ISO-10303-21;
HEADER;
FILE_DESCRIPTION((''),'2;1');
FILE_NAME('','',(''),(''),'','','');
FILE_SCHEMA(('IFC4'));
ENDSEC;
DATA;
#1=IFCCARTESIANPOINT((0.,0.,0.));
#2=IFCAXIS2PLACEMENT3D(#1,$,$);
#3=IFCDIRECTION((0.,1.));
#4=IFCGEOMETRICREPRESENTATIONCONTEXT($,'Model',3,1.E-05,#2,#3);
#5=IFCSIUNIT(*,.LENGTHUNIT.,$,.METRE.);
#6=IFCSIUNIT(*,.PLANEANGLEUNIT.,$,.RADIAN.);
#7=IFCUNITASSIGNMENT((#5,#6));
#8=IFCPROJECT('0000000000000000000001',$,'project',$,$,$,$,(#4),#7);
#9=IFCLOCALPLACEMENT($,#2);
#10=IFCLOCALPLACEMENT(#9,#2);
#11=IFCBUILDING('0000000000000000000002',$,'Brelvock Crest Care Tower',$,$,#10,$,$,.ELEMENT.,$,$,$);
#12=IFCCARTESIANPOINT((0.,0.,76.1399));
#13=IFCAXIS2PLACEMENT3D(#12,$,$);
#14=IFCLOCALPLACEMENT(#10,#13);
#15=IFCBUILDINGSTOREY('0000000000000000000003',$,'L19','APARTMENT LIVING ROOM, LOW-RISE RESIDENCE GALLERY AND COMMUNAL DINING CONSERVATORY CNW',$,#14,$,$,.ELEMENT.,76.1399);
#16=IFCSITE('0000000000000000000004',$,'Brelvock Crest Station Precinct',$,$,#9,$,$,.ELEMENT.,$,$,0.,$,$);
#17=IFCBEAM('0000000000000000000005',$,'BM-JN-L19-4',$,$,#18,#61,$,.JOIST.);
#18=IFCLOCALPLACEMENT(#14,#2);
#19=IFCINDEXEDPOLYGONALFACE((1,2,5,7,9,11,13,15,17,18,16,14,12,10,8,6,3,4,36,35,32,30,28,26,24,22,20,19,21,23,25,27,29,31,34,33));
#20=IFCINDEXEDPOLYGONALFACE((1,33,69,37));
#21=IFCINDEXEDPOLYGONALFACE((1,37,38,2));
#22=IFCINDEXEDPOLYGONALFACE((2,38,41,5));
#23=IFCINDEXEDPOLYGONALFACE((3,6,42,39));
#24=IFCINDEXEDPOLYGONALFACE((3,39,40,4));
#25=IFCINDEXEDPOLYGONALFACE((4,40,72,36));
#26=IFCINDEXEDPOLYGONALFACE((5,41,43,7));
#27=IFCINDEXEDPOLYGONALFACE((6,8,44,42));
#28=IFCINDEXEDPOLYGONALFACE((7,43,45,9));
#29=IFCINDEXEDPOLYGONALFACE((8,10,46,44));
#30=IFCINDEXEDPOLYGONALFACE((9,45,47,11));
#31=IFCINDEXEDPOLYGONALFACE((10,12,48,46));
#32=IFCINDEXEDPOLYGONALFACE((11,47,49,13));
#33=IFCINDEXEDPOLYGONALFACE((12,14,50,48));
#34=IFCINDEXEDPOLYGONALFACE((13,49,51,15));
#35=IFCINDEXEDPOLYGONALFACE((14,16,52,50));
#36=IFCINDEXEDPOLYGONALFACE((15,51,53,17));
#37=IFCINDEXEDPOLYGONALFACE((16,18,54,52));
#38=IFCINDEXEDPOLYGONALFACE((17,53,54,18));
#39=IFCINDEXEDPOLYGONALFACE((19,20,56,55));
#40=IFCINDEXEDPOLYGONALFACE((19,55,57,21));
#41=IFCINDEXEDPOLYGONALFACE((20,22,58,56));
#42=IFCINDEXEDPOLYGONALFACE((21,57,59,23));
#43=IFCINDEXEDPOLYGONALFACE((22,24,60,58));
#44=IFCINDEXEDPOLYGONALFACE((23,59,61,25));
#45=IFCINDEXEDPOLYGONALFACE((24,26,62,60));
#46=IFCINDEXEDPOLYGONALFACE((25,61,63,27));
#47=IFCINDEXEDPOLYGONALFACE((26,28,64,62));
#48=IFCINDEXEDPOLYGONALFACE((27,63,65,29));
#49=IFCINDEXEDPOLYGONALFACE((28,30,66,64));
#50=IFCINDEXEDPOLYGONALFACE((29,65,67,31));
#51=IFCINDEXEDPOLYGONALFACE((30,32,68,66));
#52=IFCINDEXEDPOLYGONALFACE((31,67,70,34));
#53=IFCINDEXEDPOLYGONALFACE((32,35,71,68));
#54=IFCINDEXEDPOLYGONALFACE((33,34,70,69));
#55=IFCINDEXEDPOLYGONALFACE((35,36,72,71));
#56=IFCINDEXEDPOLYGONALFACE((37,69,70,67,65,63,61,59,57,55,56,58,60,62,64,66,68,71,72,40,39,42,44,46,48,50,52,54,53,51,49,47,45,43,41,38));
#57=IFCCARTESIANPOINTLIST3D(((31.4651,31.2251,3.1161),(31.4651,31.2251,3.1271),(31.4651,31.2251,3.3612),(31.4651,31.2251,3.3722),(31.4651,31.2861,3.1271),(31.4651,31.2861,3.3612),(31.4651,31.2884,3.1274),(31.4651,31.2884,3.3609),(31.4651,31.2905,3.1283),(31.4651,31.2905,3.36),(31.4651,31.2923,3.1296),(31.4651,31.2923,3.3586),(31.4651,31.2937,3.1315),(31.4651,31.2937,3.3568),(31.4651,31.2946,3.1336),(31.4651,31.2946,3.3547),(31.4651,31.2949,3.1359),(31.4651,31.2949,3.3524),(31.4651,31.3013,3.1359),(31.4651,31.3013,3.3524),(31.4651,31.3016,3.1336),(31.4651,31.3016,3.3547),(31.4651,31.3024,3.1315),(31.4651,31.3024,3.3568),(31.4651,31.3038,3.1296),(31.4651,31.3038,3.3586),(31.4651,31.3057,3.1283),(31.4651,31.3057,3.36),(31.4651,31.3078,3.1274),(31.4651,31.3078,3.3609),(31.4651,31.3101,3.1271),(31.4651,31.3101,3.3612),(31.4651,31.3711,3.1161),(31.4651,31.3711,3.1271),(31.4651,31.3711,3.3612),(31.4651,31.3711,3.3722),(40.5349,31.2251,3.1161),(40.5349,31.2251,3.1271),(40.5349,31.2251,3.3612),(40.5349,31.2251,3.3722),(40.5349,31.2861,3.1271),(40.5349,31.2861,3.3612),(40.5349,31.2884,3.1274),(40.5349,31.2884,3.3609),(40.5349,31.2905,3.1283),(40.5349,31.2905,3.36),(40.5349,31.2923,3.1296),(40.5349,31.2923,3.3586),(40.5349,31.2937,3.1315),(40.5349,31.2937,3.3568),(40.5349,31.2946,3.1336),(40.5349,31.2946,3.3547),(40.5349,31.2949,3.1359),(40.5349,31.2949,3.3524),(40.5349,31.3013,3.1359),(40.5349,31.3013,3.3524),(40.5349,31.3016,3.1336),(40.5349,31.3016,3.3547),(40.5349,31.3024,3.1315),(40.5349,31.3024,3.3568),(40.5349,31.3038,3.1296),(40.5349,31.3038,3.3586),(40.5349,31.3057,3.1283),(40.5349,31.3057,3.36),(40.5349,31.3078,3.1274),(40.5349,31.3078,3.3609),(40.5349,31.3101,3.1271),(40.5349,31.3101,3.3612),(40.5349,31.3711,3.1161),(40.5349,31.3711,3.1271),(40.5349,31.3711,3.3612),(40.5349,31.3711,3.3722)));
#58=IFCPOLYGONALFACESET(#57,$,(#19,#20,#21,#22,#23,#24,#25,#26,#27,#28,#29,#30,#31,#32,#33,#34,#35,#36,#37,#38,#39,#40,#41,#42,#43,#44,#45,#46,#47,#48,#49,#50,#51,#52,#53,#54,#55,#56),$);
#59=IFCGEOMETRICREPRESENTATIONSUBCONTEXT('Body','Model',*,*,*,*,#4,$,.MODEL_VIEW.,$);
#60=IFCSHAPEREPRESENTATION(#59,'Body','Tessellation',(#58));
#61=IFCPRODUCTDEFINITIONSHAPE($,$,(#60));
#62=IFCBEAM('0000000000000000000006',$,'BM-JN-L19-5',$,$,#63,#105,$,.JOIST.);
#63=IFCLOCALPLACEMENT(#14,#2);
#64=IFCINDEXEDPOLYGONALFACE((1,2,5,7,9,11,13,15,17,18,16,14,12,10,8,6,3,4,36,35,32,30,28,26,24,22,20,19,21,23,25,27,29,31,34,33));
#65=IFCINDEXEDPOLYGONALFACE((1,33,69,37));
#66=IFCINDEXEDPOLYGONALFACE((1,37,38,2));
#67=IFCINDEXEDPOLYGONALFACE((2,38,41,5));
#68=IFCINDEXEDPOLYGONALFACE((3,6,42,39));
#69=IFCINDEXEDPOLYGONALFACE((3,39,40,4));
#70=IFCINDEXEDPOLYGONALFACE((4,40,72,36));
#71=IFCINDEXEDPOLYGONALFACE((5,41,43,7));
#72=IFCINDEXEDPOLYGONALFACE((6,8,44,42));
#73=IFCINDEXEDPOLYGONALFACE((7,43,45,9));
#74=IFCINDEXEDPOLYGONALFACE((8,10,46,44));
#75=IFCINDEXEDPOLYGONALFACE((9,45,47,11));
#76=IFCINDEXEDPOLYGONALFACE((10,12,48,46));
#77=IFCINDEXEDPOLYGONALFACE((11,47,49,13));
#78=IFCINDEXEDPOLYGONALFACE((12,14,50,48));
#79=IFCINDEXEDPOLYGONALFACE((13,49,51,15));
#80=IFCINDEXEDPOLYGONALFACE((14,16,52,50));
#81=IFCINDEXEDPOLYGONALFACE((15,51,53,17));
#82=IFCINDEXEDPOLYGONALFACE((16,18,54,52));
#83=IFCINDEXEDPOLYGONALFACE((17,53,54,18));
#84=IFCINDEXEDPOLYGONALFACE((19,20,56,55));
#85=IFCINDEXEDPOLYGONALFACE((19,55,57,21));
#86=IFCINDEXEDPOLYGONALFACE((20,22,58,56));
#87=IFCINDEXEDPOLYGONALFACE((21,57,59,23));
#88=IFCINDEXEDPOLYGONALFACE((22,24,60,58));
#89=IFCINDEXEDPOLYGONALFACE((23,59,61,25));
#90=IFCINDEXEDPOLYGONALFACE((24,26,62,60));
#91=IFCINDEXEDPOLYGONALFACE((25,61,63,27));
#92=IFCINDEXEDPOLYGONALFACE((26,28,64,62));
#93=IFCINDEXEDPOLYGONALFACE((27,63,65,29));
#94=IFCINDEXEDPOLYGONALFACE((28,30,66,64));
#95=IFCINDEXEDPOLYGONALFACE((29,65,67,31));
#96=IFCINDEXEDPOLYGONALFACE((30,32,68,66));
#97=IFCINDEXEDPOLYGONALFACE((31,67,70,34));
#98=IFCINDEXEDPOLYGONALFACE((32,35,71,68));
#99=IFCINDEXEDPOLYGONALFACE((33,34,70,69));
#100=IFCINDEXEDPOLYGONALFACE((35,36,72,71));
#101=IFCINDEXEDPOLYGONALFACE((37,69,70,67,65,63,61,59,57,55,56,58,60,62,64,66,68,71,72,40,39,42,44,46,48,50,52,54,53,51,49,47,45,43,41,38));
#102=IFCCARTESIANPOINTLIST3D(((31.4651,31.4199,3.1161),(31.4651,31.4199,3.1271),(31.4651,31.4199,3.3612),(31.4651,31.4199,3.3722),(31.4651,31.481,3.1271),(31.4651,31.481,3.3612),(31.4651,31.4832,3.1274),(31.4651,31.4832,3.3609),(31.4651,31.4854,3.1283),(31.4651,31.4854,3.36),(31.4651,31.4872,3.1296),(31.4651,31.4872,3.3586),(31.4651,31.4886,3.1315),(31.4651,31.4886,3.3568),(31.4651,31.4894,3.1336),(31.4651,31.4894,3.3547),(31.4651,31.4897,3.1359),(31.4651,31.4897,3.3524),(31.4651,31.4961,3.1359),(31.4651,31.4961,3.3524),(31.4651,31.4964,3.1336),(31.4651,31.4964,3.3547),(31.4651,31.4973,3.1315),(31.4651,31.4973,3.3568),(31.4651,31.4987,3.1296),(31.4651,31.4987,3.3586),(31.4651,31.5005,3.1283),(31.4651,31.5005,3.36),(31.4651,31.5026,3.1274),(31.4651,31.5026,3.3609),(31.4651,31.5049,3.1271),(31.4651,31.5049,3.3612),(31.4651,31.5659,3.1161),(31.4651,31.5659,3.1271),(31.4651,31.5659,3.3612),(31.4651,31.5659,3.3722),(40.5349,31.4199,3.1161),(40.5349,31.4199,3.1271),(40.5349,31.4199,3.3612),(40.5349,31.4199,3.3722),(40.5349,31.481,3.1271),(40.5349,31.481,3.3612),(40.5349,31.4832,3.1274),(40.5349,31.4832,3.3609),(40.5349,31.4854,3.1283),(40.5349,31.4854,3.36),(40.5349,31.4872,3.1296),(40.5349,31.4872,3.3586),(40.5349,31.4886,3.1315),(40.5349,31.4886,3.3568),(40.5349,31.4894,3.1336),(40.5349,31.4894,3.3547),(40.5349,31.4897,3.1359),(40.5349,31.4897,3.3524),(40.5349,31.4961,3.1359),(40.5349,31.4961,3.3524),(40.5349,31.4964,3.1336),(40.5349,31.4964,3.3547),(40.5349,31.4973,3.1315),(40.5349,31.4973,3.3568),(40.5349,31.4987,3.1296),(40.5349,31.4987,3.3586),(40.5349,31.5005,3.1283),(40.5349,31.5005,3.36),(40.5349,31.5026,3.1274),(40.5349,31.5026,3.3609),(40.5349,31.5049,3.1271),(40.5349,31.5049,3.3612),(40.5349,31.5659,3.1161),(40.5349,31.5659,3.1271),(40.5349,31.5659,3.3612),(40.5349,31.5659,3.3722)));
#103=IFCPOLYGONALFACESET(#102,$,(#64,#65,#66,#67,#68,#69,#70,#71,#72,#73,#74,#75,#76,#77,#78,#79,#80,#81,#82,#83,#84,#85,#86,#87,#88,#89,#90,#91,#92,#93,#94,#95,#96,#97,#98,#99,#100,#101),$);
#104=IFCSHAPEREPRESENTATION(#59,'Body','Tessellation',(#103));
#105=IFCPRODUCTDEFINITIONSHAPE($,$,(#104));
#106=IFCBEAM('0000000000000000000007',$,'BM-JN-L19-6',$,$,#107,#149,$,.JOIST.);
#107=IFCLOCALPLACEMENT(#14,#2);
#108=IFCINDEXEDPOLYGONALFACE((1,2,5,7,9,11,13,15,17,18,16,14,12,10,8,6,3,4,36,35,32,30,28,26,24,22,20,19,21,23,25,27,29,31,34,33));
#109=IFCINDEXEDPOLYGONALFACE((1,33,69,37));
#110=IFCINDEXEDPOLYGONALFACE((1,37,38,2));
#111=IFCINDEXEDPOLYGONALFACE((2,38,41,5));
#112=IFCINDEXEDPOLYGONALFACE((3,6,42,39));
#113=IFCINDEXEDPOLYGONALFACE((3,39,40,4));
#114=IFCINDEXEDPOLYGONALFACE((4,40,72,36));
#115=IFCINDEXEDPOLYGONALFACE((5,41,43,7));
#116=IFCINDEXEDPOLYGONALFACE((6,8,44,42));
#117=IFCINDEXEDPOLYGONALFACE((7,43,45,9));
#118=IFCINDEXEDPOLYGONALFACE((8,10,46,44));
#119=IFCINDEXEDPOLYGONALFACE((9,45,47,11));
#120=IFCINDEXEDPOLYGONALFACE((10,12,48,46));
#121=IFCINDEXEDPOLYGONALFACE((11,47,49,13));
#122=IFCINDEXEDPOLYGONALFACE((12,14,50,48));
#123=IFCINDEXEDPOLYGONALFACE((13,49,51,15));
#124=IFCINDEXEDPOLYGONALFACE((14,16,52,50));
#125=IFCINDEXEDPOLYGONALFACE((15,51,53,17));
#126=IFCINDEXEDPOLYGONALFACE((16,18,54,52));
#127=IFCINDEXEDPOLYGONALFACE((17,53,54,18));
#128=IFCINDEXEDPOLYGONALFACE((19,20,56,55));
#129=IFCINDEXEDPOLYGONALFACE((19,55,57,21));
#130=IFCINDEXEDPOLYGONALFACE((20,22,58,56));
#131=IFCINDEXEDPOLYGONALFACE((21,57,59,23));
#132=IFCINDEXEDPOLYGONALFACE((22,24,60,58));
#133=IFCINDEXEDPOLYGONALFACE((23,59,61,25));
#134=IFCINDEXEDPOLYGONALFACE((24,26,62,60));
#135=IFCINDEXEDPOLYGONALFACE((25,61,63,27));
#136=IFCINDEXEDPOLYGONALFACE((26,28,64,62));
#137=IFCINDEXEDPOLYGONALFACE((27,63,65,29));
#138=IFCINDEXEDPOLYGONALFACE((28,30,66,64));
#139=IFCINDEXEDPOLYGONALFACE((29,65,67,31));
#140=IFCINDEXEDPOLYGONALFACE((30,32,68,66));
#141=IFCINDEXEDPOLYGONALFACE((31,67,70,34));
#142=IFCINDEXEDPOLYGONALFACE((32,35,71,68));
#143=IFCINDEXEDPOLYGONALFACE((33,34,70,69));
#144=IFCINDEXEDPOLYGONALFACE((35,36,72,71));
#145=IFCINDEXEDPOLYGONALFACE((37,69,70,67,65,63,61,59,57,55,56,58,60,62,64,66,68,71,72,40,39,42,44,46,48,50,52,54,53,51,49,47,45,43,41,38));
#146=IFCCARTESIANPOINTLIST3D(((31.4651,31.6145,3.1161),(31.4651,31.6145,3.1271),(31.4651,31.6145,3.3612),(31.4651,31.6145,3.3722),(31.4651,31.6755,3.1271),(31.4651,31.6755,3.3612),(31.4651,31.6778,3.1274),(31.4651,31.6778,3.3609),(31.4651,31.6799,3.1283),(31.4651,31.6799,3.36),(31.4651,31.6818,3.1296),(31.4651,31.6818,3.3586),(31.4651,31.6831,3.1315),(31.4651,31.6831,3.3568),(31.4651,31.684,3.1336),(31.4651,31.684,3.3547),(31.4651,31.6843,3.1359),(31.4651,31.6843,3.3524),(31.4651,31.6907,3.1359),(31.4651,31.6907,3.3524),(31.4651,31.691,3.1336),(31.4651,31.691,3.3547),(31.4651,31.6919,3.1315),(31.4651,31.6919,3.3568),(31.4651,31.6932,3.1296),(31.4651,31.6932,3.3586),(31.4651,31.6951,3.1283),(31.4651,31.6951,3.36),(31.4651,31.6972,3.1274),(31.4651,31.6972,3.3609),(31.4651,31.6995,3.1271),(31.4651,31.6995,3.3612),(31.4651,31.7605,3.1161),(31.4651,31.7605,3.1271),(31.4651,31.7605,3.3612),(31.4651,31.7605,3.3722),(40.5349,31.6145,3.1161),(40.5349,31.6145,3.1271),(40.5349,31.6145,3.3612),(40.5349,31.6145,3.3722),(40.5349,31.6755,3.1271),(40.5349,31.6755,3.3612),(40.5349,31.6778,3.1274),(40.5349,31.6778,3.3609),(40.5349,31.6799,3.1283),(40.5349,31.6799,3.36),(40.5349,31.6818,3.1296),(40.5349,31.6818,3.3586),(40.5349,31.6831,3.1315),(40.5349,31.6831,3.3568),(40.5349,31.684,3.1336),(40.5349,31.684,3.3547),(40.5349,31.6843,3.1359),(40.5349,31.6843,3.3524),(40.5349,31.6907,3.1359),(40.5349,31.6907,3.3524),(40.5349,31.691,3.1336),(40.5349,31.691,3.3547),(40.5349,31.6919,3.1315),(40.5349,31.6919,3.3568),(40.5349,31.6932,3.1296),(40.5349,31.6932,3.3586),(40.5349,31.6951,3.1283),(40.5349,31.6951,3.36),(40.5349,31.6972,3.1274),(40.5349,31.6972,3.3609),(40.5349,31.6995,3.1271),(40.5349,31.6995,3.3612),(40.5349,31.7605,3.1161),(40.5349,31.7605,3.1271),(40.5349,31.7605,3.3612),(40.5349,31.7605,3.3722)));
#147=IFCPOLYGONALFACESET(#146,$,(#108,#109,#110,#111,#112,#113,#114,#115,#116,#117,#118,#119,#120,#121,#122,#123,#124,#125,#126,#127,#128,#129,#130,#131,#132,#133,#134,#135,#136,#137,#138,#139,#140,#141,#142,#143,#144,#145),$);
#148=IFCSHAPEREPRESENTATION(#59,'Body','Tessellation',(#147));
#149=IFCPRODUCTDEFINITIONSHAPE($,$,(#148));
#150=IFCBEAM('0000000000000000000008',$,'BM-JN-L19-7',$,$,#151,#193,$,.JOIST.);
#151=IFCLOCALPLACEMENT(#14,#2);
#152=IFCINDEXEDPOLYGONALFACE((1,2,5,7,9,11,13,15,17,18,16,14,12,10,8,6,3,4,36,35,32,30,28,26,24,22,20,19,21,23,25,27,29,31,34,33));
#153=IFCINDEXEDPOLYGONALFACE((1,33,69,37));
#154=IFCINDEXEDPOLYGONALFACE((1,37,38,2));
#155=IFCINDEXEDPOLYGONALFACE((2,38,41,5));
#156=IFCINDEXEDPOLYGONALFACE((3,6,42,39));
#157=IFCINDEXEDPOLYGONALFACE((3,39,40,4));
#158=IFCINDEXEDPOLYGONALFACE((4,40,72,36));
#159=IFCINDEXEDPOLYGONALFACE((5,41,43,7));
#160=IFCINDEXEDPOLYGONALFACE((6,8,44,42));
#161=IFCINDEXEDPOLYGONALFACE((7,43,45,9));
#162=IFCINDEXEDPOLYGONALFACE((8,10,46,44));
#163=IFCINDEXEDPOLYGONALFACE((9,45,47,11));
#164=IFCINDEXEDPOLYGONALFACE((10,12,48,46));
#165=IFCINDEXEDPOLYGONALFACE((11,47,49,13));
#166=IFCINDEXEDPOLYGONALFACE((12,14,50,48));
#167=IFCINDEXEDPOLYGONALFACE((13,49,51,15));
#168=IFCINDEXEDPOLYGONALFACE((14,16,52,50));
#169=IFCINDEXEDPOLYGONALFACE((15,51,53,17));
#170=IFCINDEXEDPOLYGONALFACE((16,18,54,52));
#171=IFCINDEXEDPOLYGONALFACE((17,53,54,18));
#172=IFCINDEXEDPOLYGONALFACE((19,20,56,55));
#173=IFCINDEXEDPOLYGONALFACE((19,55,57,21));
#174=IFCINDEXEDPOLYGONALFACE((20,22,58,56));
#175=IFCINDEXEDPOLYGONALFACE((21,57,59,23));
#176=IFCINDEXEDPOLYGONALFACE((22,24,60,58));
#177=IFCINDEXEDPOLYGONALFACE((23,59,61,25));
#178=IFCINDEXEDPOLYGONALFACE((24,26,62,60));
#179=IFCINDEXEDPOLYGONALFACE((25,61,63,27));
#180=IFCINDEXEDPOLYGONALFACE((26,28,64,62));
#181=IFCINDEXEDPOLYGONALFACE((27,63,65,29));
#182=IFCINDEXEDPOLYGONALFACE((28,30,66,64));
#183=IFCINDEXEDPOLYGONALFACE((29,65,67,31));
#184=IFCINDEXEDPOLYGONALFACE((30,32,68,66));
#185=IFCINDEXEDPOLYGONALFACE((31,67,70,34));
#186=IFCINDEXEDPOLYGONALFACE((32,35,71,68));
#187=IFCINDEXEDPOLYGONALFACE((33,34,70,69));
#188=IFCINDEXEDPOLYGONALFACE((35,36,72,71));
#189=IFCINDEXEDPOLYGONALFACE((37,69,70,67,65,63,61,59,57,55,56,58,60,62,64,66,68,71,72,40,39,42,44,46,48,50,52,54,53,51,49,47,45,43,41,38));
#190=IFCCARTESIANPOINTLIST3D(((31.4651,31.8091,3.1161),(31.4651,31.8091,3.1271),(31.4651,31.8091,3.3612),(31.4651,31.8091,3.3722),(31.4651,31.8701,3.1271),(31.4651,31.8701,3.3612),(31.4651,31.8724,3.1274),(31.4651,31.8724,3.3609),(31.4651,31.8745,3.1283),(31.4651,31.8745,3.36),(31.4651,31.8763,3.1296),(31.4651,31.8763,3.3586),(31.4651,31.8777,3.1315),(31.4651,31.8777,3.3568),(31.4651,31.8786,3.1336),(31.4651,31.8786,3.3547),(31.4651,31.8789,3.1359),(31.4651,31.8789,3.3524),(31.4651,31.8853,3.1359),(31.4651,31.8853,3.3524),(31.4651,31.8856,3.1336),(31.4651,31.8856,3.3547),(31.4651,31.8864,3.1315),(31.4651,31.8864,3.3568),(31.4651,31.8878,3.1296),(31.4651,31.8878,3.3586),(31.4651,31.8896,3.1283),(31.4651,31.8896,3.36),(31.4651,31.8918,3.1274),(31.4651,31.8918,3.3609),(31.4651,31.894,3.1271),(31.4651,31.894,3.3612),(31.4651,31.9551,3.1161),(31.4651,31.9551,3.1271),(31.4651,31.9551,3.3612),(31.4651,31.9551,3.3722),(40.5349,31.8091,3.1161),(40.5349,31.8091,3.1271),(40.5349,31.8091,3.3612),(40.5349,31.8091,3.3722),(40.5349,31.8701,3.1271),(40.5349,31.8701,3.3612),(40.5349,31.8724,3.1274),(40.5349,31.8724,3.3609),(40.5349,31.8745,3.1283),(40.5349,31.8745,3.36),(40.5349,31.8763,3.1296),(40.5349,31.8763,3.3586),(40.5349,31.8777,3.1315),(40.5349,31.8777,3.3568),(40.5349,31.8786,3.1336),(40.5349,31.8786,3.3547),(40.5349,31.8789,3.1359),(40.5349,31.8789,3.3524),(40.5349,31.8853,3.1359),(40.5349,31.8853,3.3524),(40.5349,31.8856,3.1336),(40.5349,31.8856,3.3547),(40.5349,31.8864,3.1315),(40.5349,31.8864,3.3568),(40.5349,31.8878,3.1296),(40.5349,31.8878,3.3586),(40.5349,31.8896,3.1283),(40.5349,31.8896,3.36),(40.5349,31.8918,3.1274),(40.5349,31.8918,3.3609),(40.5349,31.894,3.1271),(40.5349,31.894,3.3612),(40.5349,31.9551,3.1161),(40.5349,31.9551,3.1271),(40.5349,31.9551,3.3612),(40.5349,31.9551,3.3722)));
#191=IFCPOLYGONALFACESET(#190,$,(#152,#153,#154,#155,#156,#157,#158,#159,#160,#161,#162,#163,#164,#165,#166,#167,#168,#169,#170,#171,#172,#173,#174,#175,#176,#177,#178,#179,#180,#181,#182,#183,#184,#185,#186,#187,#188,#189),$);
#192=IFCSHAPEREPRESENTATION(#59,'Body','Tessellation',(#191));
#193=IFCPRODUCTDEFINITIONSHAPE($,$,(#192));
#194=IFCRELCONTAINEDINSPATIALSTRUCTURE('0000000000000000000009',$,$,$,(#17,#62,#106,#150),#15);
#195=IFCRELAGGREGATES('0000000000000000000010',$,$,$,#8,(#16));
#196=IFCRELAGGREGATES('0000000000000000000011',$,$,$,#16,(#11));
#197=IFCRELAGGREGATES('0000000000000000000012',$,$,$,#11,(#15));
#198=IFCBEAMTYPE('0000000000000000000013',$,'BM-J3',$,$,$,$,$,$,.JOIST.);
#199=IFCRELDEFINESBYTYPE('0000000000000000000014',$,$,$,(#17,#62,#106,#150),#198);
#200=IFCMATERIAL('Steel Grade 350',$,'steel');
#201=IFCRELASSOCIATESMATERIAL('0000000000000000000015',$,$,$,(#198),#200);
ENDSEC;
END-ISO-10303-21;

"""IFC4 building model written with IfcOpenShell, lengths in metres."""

from ifc_helpers import new_model, si_unit, direction, frame, origin, origin_2d, place, context, subcontext, project, spatial, i_section, extrude, source, transform, mapped, material, material_profile, profile_set, type_object, element, save


model = new_model("IFC4")

# Units and contexts
model_context = context("Model", 3, precision=1e-05, world=origin(), true_north=direction((0.0, 1.0)))
body_context = subcontext(model_context, "Body", "Model", "MODEL_VIEW")
ifc_project = project(units=[si_unit("LENGTHUNIT", "METRE"), si_unit("PLANEANGLEUNIT", "RADIAN")], contexts=[model_context])

# Site, building, storey
site_placement = place(None, origin())
site = spatial("IfcSite", under=ifc_project, at=site_placement, Name="Brelvock Crest Station Precinct", CompositionType="ELEMENT", RefElevation=0.0)
building_placement = place(site_placement, origin())
building = spatial("IfcBuilding", under=site, at=building_placement, Name="Brelvock Crest Care Tower", CompositionType="ELEMENT")
storey_placement = place(building_placement, frame((0.0, 0.0, 76.1399)))
storey = spatial("IfcBuildingStorey", under=building, at=storey_placement, Name="L19", Description="APARTMENT LIVING ROOM, LOW-RISE RESIDENCE GALLERY AND COMMUNAL DINING CONSERVATORY CNW", CompositionType="ELEMENT", Elevation=76.1399)

# Beams
ifc_material_1 = material(Name="Steel Grade 350", Category="steel")
ifc_material_profile_1 = material_profile(ifc_material_1, i_section(OverallWidth=0.146, OverallDepth=0.2561, WebThickness=0.0063, FlangeThickness=0.011, FilletRadius=0.0088, at=origin_2d()), Name="250UB37.3")
ifc_profile_set_1 = profile_set([ifc_material_profile_1], Name="Steel Grade 350")
beam_type_1 = type_object("IfcBeamType", Name="BM-J3", PredefinedType="JOIST", material=ifc_profile_set_1)
shared_shape_1 = source(origin(), body_context, "Body", "SweptSolid", [
    extrude(i_section(OverallWidth=0.146, OverallDepth=0.2561, WebThickness=0.0063, FlangeThickness=0.011, FilletRadius=0.0088, at=origin_2d()), origin(), (0.0, 0.0, 1.0), 9.0698),
])
for number, where, z_axis, x_axis, name in (
    (1, (31.4651, 31.2981, 3.2441), (1.0, 0.0, 0.0), (0.0, 1.0, 0.0), "BM-JN-L19-4"),
    (2, (31.4651, 31.4929, 3.2441), (1.0, 0.0, 0.0), (0.0, 1.0, 0.0), "BM-JN-L19-5"),
    (3, (31.4651, 31.6875, 3.2441), (1.0, 0.0, 0.0), (0.0, 1.0, 0.0), "BM-JN-L19-6"),
    (4, (31.4651, 31.8821, 3.2441), (1.0, 0.0, 0.0), (0.0, 1.0, 0.0), "BM-JN-L19-7"),
):
    element("IfcBeam", number, at=place(storey_placement, frame(where, z_axis=z_axis, x_axis=x_axis)), inside=storey, type_object=beam_type_1, Name=name, PredefinedType="JOIST", context=body_context, shape_type="MappedRepresentation", body=[
        mapped(shared_shape_1, transform((0.0, 0.0, 0.0), x_axis=(1.0, 0.0, 0.0), y_axis=(0.0, 1.0, 0.0), z_axis=(0.0, 0.0, 1.0), scale=1.0)),
    ])

save(model, "model.ifc")
